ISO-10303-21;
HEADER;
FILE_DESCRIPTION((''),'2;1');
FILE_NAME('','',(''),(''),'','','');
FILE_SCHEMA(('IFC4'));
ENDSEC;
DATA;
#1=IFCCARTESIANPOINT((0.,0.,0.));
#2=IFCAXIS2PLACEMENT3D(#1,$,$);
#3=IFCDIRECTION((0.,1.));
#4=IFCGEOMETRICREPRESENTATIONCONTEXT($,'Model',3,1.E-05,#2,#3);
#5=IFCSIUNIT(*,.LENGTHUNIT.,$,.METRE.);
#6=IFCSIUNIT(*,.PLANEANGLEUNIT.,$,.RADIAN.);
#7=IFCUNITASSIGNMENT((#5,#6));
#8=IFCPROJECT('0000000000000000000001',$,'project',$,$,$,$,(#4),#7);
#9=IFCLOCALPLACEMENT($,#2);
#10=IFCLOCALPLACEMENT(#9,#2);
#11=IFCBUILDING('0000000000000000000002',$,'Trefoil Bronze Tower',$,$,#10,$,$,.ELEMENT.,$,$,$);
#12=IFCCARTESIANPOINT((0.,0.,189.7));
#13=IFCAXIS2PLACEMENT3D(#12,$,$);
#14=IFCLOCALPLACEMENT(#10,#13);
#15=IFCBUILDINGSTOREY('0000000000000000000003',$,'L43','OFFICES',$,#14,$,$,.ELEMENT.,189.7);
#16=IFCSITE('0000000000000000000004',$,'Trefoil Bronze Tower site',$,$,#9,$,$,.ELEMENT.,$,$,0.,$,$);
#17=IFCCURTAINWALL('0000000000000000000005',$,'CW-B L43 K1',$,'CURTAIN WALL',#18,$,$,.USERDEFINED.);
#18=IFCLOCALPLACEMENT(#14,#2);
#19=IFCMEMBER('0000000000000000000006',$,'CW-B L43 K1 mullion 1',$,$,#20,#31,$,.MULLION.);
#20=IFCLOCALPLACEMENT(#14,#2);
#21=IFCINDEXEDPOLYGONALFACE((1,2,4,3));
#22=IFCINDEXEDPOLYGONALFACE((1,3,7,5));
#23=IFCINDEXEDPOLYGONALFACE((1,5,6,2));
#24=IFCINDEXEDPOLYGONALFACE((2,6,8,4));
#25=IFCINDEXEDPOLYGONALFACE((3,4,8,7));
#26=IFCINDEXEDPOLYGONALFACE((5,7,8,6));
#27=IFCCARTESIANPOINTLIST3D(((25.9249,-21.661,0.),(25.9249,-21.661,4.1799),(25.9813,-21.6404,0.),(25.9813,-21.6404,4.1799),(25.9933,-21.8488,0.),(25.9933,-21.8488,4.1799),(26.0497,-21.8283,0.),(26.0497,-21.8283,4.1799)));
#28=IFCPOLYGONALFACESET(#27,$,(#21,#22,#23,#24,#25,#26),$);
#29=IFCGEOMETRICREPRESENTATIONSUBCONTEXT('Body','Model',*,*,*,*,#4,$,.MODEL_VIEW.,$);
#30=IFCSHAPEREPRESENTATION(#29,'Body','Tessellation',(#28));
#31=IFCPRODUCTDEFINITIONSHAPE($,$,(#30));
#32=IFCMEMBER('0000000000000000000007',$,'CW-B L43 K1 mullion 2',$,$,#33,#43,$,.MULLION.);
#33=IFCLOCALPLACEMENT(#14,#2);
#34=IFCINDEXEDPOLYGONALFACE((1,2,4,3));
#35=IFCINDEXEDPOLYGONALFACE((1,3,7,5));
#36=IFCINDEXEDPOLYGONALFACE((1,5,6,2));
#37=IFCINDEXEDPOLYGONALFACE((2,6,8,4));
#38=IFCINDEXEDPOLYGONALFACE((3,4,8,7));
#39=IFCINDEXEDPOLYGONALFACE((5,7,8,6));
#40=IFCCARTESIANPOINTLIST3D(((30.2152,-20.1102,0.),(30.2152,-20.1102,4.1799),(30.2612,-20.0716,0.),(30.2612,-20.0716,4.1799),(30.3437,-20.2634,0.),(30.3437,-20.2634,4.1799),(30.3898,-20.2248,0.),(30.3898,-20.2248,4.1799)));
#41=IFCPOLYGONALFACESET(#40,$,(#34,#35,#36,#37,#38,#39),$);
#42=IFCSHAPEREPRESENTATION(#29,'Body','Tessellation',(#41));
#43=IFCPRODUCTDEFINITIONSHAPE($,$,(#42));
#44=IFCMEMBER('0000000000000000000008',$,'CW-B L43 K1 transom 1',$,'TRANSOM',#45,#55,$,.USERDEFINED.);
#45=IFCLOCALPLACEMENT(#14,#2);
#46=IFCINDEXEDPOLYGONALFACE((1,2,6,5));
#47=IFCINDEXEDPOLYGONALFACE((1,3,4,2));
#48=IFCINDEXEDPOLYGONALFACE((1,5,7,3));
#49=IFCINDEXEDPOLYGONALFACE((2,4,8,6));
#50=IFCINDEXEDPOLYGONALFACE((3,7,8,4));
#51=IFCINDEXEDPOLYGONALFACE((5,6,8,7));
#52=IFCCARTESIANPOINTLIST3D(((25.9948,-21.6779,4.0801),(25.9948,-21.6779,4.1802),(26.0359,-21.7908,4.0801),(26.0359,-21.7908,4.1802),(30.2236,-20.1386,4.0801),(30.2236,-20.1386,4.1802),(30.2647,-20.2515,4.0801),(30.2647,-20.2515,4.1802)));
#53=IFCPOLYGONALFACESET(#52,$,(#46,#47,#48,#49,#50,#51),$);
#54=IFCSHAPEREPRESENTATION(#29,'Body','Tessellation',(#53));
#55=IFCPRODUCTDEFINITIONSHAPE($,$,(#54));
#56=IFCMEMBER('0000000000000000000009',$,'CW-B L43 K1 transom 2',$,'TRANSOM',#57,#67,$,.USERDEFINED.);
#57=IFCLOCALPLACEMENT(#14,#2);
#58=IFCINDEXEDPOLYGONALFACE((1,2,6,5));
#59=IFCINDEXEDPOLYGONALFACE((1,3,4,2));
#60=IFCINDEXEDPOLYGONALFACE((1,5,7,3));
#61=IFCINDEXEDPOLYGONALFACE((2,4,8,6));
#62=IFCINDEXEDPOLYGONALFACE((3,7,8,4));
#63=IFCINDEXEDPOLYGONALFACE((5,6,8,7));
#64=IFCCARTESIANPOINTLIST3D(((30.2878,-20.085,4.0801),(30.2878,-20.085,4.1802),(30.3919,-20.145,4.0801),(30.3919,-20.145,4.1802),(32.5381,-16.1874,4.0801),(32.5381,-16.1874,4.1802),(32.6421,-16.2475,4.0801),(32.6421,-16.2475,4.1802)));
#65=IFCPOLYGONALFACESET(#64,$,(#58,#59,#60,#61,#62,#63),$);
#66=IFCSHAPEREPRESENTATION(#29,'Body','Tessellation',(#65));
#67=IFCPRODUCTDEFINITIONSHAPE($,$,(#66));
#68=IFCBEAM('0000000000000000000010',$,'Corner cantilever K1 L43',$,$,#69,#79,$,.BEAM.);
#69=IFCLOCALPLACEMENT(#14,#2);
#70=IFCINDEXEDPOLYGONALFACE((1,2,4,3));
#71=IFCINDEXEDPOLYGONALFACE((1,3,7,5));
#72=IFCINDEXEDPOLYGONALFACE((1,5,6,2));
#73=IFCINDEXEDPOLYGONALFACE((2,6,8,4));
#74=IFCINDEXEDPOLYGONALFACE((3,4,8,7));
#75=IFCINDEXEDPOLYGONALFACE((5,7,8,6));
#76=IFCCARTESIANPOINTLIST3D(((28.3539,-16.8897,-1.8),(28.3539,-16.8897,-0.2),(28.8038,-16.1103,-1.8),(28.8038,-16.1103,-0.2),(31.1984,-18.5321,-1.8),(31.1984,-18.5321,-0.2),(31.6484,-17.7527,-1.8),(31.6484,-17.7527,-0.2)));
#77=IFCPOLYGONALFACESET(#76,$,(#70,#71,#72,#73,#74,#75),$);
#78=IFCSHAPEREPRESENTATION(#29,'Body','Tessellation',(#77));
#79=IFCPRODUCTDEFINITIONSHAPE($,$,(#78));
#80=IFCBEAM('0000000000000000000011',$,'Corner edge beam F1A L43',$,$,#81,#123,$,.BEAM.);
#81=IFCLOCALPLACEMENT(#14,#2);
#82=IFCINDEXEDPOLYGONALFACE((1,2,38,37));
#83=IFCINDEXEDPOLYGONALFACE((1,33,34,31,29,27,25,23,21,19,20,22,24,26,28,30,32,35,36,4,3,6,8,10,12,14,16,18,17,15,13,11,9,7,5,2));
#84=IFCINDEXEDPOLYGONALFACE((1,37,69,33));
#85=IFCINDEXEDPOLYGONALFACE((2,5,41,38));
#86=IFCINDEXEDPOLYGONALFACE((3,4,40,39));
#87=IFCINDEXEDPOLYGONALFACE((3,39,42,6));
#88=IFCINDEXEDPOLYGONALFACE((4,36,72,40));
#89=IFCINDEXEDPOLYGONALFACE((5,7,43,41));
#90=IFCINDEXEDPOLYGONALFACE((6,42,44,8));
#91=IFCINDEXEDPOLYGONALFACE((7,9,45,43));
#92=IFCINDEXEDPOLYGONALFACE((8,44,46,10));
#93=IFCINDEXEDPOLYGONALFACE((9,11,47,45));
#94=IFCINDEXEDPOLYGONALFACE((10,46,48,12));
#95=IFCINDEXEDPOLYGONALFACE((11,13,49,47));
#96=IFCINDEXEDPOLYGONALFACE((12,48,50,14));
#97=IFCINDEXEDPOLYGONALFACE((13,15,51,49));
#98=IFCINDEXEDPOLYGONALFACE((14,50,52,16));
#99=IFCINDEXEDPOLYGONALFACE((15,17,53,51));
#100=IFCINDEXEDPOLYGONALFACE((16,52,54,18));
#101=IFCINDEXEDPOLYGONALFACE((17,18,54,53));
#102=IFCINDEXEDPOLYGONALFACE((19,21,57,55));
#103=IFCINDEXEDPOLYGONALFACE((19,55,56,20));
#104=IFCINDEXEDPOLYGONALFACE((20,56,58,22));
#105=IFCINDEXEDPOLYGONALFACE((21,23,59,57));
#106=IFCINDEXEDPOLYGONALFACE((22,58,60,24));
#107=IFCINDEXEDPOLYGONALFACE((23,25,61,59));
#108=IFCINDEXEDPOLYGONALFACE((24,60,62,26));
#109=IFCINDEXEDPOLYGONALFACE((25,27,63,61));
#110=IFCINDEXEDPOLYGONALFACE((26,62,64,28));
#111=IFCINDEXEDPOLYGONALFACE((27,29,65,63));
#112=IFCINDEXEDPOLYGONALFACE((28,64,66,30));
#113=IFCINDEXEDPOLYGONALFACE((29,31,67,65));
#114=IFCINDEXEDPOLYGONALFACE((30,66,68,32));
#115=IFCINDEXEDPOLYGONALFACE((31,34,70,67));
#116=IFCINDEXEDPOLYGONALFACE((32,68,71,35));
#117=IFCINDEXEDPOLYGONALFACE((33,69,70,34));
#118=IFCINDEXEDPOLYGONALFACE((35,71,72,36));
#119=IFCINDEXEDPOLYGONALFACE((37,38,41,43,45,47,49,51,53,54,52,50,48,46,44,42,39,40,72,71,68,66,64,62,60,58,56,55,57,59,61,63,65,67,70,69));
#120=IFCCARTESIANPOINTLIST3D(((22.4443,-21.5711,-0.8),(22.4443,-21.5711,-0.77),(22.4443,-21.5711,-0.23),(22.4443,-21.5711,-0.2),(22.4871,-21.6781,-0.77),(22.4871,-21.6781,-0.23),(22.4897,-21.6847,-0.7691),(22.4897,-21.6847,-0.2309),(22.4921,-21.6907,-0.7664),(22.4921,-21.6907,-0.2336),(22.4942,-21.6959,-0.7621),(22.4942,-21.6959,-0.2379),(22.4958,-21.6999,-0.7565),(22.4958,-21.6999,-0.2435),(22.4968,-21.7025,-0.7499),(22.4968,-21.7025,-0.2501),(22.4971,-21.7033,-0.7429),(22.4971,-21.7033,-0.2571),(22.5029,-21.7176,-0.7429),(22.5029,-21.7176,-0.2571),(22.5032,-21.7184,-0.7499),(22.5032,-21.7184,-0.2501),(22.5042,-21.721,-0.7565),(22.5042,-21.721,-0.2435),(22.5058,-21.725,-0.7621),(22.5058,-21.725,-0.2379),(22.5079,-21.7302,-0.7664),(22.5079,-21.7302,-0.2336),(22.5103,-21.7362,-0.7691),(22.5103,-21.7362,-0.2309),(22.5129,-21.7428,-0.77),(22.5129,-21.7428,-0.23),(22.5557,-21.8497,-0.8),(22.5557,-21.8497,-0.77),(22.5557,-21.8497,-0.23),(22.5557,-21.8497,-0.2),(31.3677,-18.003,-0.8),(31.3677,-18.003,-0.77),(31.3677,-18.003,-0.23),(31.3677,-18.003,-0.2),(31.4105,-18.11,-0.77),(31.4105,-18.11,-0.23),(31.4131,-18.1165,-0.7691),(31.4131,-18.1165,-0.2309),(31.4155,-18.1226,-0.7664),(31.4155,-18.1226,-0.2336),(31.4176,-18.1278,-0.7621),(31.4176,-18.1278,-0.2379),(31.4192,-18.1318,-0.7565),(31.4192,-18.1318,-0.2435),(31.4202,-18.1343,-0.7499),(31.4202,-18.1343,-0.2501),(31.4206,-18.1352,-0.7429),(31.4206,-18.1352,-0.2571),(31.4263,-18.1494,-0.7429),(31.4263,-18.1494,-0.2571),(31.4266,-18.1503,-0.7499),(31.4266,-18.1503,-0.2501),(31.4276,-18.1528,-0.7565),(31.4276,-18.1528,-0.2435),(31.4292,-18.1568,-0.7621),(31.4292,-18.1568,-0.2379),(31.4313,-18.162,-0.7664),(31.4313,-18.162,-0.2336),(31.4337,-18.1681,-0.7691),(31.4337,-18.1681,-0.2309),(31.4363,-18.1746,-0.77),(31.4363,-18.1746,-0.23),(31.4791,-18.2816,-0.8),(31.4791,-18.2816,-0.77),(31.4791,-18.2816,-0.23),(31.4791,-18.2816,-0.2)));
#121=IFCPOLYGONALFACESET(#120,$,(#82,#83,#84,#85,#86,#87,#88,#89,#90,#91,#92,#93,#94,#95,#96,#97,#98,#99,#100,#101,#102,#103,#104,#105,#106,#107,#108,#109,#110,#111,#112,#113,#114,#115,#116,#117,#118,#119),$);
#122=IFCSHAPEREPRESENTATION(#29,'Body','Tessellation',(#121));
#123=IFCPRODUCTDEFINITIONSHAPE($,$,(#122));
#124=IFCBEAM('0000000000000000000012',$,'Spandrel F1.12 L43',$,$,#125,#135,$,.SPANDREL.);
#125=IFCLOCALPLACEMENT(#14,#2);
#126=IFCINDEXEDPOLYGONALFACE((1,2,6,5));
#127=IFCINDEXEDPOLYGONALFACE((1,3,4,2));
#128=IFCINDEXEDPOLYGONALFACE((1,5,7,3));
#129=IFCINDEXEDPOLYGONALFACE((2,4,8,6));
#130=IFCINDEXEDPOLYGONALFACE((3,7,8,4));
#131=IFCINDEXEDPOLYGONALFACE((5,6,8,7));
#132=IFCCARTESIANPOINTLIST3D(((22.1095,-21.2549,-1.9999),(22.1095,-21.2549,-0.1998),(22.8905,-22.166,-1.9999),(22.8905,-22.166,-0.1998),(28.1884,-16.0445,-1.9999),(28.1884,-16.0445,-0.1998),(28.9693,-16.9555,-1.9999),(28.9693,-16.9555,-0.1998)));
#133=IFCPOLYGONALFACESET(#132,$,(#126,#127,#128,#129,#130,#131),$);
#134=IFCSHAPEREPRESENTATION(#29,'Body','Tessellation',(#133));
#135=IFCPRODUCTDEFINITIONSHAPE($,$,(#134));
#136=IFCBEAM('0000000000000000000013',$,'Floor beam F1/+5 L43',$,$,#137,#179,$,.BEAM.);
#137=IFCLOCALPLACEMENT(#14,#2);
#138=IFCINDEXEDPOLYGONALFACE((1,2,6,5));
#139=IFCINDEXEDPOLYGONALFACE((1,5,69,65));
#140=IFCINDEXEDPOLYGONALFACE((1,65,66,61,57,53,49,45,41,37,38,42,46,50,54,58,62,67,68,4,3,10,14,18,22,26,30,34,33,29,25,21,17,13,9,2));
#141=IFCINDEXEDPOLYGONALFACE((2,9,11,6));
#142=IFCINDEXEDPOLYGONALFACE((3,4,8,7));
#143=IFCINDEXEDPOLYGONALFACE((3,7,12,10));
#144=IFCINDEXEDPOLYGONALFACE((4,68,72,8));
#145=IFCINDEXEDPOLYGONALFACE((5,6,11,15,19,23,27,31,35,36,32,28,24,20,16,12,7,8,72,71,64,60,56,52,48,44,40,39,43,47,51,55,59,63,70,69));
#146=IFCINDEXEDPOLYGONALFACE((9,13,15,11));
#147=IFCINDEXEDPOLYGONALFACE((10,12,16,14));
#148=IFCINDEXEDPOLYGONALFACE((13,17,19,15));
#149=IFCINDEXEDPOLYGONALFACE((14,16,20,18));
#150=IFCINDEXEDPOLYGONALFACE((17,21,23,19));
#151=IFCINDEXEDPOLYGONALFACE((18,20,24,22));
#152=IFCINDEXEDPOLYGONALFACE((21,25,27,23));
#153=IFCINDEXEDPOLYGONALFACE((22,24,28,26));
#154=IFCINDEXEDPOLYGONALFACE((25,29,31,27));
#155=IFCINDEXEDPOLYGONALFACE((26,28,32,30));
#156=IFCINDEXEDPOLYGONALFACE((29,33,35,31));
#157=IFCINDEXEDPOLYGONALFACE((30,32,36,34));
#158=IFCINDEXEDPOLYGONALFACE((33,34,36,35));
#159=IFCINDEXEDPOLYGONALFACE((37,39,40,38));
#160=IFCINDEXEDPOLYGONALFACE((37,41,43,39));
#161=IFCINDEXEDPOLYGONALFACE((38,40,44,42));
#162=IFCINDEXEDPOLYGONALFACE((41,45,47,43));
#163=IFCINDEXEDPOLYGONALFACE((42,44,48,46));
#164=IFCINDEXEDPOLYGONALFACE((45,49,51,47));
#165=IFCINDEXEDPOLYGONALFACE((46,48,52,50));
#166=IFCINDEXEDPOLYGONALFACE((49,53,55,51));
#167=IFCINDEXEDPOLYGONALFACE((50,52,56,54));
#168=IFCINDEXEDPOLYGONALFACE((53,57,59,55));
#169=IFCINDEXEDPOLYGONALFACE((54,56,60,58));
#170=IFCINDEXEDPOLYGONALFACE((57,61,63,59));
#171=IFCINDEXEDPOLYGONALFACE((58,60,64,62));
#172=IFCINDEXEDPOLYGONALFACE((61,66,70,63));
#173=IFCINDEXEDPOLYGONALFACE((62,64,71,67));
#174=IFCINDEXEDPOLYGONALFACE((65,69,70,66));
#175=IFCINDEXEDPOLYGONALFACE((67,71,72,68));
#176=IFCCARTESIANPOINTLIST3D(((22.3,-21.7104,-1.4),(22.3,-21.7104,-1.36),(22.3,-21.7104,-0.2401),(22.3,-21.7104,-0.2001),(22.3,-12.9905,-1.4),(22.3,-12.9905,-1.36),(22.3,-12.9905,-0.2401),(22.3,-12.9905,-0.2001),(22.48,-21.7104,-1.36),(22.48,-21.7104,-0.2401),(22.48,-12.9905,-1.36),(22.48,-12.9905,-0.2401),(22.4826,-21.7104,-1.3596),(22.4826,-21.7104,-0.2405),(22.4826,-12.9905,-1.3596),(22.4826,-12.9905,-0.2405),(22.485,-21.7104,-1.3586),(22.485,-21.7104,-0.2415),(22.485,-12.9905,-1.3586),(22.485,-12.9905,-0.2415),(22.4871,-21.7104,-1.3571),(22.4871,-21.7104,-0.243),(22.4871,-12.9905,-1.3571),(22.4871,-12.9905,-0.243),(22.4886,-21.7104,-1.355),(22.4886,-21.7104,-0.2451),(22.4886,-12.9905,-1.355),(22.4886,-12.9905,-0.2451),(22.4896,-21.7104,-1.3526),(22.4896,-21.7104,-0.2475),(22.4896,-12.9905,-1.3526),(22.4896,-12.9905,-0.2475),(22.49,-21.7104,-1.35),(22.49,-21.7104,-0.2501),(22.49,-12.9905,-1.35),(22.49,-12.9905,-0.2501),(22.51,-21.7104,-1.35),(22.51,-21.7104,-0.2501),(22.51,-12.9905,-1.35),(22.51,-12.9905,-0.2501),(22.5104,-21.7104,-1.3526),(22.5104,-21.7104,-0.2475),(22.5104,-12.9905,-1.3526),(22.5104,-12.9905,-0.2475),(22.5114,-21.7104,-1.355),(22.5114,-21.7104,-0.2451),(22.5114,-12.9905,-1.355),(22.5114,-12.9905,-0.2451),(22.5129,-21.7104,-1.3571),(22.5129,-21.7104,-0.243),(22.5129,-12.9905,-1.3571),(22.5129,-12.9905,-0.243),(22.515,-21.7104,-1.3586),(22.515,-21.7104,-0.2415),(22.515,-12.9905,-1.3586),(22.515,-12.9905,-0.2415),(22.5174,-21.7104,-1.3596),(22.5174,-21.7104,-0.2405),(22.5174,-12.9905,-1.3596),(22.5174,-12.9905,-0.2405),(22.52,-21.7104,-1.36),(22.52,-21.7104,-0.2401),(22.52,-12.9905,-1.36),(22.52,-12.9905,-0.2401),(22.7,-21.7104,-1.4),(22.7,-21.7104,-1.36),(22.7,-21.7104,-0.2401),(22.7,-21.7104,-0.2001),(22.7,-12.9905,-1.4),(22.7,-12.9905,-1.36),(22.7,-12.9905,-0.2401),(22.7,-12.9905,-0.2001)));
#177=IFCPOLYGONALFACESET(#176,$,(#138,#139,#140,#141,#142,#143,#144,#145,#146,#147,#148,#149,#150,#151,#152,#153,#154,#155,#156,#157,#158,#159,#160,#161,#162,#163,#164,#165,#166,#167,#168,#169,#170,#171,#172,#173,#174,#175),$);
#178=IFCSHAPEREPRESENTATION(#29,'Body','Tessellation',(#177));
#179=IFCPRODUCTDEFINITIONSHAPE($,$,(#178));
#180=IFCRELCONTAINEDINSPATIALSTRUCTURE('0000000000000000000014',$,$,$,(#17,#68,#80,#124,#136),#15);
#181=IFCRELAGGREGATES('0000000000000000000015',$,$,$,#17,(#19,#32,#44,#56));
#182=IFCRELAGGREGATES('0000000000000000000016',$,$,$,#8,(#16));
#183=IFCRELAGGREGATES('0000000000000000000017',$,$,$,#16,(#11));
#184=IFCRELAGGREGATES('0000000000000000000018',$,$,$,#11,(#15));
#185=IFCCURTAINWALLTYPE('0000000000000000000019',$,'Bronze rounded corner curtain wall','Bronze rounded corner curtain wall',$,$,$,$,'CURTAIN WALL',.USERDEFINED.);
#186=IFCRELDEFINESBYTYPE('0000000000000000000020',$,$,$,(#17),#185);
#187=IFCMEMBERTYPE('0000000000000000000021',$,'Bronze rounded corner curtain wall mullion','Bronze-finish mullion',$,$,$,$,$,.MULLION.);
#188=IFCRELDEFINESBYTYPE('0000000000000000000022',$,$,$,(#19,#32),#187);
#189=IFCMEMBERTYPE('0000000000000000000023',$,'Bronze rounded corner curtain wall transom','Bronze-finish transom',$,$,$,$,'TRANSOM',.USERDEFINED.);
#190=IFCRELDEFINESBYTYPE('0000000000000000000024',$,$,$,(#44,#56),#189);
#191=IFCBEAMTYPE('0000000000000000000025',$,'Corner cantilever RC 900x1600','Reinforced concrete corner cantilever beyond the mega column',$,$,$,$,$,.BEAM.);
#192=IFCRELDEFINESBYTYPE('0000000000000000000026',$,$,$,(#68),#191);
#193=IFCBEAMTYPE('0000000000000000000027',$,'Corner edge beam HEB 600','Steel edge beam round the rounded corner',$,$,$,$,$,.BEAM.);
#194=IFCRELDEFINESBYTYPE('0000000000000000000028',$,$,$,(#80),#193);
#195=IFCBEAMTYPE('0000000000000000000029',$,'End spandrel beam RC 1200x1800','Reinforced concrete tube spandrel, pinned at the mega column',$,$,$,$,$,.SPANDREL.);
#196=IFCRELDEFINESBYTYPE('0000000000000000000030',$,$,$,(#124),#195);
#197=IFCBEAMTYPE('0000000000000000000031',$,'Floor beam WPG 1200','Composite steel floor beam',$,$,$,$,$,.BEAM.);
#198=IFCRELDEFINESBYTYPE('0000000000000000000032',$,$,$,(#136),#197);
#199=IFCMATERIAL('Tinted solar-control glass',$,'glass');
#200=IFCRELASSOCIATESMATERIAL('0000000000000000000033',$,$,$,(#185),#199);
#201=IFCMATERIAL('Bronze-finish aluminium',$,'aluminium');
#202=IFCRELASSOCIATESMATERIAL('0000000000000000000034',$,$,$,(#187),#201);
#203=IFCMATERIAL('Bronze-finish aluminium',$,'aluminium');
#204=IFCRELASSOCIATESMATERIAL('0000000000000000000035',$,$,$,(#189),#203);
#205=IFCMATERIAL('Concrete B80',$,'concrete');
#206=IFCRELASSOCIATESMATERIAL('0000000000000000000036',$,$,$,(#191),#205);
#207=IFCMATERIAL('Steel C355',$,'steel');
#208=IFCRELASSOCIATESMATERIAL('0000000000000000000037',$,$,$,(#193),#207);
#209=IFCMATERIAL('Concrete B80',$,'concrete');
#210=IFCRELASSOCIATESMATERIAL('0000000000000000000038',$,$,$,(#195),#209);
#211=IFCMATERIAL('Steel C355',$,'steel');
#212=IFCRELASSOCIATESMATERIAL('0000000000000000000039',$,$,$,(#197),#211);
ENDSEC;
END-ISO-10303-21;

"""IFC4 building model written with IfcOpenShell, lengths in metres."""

from ifc_helpers import new_model, si_unit, direction, frame, origin, origin_2d, place, context, subcontext, project, spatial, rectangle, i_section, extrude, material, material_profile, profile_set, type_object, element, aggregate, save


model = new_model("IFC4")

# Units and contexts
model_context = context("Model", 3, precision=1e-05, world=origin(), true_north=direction((0.0, 1.0)))
body_context = subcontext(model_context, "Body", "Model", "MODEL_VIEW")
ifc_project = project(units=[si_unit("LENGTHUNIT", "METRE"), si_unit("PLANEANGLEUNIT", "RADIAN")], contexts=[model_context])

# Site, building, storey
site_placement = place(None, origin())
site = spatial("IfcSite", under=ifc_project, at=site_placement, Name="Trefoil Bronze Tower site", CompositionType="ELEMENT", RefElevation=0.0)
building_placement = place(site_placement, origin())
building = spatial("IfcBuilding", under=site, at=building_placement, Name="Trefoil Bronze Tower", CompositionType="ELEMENT")
storey_placement = place(building_placement, frame((0.0, 0.0, 189.7)))
storey = spatial("IfcBuildingStorey", under=building, at=storey_placement, Name="L43", Description="OFFICES", CompositionType="ELEMENT", Elevation=189.7)

# Curtain wall, members
ifc_material_1 = material(Name="Tinted solar-control glass", Category="glass")
curtain_wall_type_1 = type_object("IfcCurtainWallType", Name="Bronze rounded corner curtain wall", Description="Bronze rounded corner curtain wall", ElementType="CURTAIN WALL", PredefinedType="USERDEFINED", material=ifc_material_1)
curtain_wall_1_placement = place(storey_placement, origin())
curtain_wall_1 = element("IfcCurtainWall", 1, at=curtain_wall_1_placement, inside=storey, type_object=curtain_wall_type_1, Name="CW-B L43 K1", ObjectType="CURTAIN WALL", PredefinedType="USERDEFINED")
ifc_material_2 = material(Name="Bronze-finish aluminium", Category="aluminium")
ifc_material_profile_1 = material_profile(ifc_material_2, rectangle(XDim=0.2, YDim=0.0601, at=origin_2d()), Name="CW-B mullion")
ifc_profile_set_1 = profile_set([ifc_material_profile_1], Name="Bronze-finish aluminium")
member_type_1 = type_object("IfcMemberType", Name="Bronze rounded corner curtain wall mullion", Description="Bronze-finish mullion", PredefinedType="MULLION", material=ifc_profile_set_1)
member_1_placement = place(storey_placement, frame((25.9873, -21.7446, 0.0), z_axis=(0.0, 0.0, 1.0), x_axis=(-0.34202, 0.939693, 0.0)))
member_1 = element("IfcMember", 2, at=member_1_placement, type_object=member_type_1, Name="CW-B L43 K1 mullion 1", PredefinedType="MULLION", context=body_context, shape_type="SweptSolid", body=[
    extrude(rectangle(XDim=0.2, YDim=0.0601, at=origin_2d()), origin(), (0.0, 0.0, 1.0), 4.1799),
])
member_2_placement = place(storey_placement, frame((30.3025, -20.1675, 0.0), z_axis=(0.0, 0.0, 1.0), x_axis=(-0.642788, 0.766044, 0.0)))
member_2 = element("IfcMember", 3, at=member_2_placement, type_object=member_type_1, Name="CW-B L43 K1 mullion 2", PredefinedType="MULLION", context=body_context, shape_type="SweptSolid", body=[
    extrude(rectangle(XDim=0.2, YDim=0.0601, at=origin_2d()), origin(), (0.0, 0.0, 1.0), 4.1799),
])
ifc_material_3 = material(Name="Bronze-finish aluminium", Category="aluminium")
ifc_material_profile_2 = material_profile(ifc_material_3, rectangle(XDim=0.1201, YDim=0.1001, at=origin_2d()), Name="CW-B transom")
ifc_profile_set_2 = profile_set([ifc_material_profile_2], Name="Bronze-finish aluminium")
member_type_2 = type_object("IfcMemberType", Name="Bronze rounded corner curtain wall transom", Description="Bronze-finish transom", ElementType="TRANSOM", PredefinedType="USERDEFINED", material=ifc_profile_set_2)
member_3_placement = place(storey_placement, frame((26.0154, -21.7344, 4.1301), z_axis=(0.939681, 0.342052, 0.0), x_axis=(-0.342052, 0.939681, 0.0)))
member_3 = element("IfcMember", 4, at=member_3_placement, type_object=member_type_2, Name="CW-B L43 K1 transom 1", ObjectType="TRANSOM", PredefinedType="USERDEFINED", context=body_context, shape_type="SweptSolid", body=[
    extrude(rectangle(XDim=0.1201, YDim=0.1001, at=origin_2d()), origin(), (0.0, 0.0, 1.0), 4.5002),
])
member_4_placement = place(storey_placement, frame((30.3398, -20.115, 4.1301), z_axis=(0.500007, 0.866021, 0.0), x_axis=(-0.866021, 0.500007, 0.0)))
member_4 = element("IfcMember", 5, at=member_4_placement, type_object=member_type_2, Name="CW-B L43 K1 transom 2", ObjectType="TRANSOM", PredefinedType="USERDEFINED", context=body_context, shape_type="SweptSolid", body=[
    extrude(rectangle(XDim=0.1201, YDim=0.1001, at=origin_2d()), origin(), (0.0, 0.0, 1.0), 4.5005),
])

# Beams
ifc_material_4 = material(Name="Concrete B80", Category="concrete")
ifc_material_profile_3 = material_profile(ifc_material_4, rectangle(XDim=0.8999, YDim=1.6001, at=origin_2d()), Name="RC 900x1600")
ifc_profile_set_3 = profile_set([ifc_material_profile_3], Name="Concrete B80")
beam_type_1 = type_object("IfcBeamType", Name="Corner cantilever RC 900x1600", Description="Reinforced concrete corner cantilever beyond the mega column", PredefinedType="BEAM", material=ifc_profile_set_3)
beam_1_placement = place(storey_placement, frame((28.5789, -16.5, -1.0), z_axis=(0.866016, -0.500016, 0.0), x_axis=(0.500016, 0.866016, 0.0)))
element("IfcBeam", 6, at=beam_1_placement, inside=storey, type_object=beam_type_1, Name="Corner cantilever K1 L43", PredefinedType="BEAM", context=body_context, shape_type="SweptSolid", body=[
    extrude(rectangle(XDim=0.8999, YDim=1.6001, at=origin_2d()), origin(), (0.0, 0.0, 1.0), 3.2847),
])
ifc_material_5 = material(Name="Steel C355", Category="steel")
ifc_material_profile_4 = material_profile(ifc_material_5, i_section(OverallWidth=0.3, OverallDepth=0.6001, WebThickness=0.0154, FlangeThickness=0.03, FilletRadius=0.0271, at=origin_2d()), Name="HEB 600")
ifc_profile_set_4 = profile_set([ifc_material_profile_4], Name="Steel C355")
beam_type_2 = type_object("IfcBeamType", Name="Corner edge beam HEB 600", Description="Steel edge beam round the rounded corner", PredefinedType="BEAM", material=ifc_profile_set_4)
beam_2_placement = place(storey_placement, frame((22.5, -21.7104, -0.5), z_axis=(0.92852, 0.371281, 0.0), x_axis=(-0.371281, 0.92852, 0.0)))
element("IfcBeam", 7, at=beam_2_placement, inside=storey, type_object=beam_type_2, Name="Corner edge beam F1A L43", PredefinedType="BEAM", context=body_context, shape_type="SweptSolid", body=[
    extrude(i_section(OverallWidth=0.3, OverallDepth=0.6001, WebThickness=0.0154, FlangeThickness=0.03, FilletRadius=0.0271, at=origin_2d()), origin(), (0.0, 0.0, 1.0), 9.6104),
])
ifc_material_6 = material(Name="Concrete B80", Category="concrete")
ifc_material_profile_5 = material_profile(ifc_material_6, rectangle(XDim=1.2, YDim=1.8, at=origin_2d()), Name="RC 1200x1800")
ifc_profile_set_5 = profile_set([ifc_material_profile_5], Name="Concrete B80")
beam_type_3 = type_object("IfcBeamType", Name="End spandrel beam RC 1200x1800", Description="Reinforced concrete tube spandrel, pinned at the mega column", PredefinedType="SPANDREL", material=ifc_profile_set_5)
beam_3_placement = place(storey_placement, frame((22.5, -21.7104, -1.0999), z_axis=(0.759257, 0.650791, 0.0), x_axis=(-0.650791, 0.759257, 0.0)))
element("IfcBeam", 8, at=beam_3_placement, inside=storey, type_object=beam_type_3, Name="Spandrel F1.12 L43", PredefinedType="SPANDREL", context=body_context, shape_type="SweptSolid", body=[
    extrude(rectangle(XDim=1.2, YDim=1.8, at=origin_2d()), origin(), (0.0, 0.0, 1.0), 8.0063),
])
ifc_material_7 = material(Name="Steel C355", Category="steel")
ifc_material_profile_6 = material_profile(ifc_material_7, i_section(OverallWidth=0.3999, OverallDepth=1.2, WebThickness=0.02, FlangeThickness=0.04, FilletRadius=0.01, at=origin_2d()), Name="WPG 1200")
ifc_profile_set_6 = profile_set([ifc_material_profile_6], Name="Steel C355")
beam_type_4 = type_object("IfcBeamType", Name="Floor beam WPG 1200", Description="Composite steel floor beam", PredefinedType="BEAM", material=ifc_profile_set_6)
beam_4_placement = place(storey_placement, frame((22.5, -21.7104, -0.8), z_axis=(0.0, 1.0, 0.0), x_axis=(-1.0, 0.0, 0.0)))
element("IfcBeam", 9, at=beam_4_placement, inside=storey, type_object=beam_type_4, Name="Floor beam F1/+5 L43", PredefinedType="BEAM", context=body_context, shape_type="SweptSolid", body=[
    extrude(i_section(OverallWidth=0.3999, OverallDepth=1.2, WebThickness=0.02, FlangeThickness=0.04, FilletRadius=0.01, at=origin_2d()), origin(), (0.0, 0.0, 1.0), 8.72),
])

aggregate(curtain_wall_1, [member_1, member_2, member_3, member_4])

save(model, "model.ifc")
